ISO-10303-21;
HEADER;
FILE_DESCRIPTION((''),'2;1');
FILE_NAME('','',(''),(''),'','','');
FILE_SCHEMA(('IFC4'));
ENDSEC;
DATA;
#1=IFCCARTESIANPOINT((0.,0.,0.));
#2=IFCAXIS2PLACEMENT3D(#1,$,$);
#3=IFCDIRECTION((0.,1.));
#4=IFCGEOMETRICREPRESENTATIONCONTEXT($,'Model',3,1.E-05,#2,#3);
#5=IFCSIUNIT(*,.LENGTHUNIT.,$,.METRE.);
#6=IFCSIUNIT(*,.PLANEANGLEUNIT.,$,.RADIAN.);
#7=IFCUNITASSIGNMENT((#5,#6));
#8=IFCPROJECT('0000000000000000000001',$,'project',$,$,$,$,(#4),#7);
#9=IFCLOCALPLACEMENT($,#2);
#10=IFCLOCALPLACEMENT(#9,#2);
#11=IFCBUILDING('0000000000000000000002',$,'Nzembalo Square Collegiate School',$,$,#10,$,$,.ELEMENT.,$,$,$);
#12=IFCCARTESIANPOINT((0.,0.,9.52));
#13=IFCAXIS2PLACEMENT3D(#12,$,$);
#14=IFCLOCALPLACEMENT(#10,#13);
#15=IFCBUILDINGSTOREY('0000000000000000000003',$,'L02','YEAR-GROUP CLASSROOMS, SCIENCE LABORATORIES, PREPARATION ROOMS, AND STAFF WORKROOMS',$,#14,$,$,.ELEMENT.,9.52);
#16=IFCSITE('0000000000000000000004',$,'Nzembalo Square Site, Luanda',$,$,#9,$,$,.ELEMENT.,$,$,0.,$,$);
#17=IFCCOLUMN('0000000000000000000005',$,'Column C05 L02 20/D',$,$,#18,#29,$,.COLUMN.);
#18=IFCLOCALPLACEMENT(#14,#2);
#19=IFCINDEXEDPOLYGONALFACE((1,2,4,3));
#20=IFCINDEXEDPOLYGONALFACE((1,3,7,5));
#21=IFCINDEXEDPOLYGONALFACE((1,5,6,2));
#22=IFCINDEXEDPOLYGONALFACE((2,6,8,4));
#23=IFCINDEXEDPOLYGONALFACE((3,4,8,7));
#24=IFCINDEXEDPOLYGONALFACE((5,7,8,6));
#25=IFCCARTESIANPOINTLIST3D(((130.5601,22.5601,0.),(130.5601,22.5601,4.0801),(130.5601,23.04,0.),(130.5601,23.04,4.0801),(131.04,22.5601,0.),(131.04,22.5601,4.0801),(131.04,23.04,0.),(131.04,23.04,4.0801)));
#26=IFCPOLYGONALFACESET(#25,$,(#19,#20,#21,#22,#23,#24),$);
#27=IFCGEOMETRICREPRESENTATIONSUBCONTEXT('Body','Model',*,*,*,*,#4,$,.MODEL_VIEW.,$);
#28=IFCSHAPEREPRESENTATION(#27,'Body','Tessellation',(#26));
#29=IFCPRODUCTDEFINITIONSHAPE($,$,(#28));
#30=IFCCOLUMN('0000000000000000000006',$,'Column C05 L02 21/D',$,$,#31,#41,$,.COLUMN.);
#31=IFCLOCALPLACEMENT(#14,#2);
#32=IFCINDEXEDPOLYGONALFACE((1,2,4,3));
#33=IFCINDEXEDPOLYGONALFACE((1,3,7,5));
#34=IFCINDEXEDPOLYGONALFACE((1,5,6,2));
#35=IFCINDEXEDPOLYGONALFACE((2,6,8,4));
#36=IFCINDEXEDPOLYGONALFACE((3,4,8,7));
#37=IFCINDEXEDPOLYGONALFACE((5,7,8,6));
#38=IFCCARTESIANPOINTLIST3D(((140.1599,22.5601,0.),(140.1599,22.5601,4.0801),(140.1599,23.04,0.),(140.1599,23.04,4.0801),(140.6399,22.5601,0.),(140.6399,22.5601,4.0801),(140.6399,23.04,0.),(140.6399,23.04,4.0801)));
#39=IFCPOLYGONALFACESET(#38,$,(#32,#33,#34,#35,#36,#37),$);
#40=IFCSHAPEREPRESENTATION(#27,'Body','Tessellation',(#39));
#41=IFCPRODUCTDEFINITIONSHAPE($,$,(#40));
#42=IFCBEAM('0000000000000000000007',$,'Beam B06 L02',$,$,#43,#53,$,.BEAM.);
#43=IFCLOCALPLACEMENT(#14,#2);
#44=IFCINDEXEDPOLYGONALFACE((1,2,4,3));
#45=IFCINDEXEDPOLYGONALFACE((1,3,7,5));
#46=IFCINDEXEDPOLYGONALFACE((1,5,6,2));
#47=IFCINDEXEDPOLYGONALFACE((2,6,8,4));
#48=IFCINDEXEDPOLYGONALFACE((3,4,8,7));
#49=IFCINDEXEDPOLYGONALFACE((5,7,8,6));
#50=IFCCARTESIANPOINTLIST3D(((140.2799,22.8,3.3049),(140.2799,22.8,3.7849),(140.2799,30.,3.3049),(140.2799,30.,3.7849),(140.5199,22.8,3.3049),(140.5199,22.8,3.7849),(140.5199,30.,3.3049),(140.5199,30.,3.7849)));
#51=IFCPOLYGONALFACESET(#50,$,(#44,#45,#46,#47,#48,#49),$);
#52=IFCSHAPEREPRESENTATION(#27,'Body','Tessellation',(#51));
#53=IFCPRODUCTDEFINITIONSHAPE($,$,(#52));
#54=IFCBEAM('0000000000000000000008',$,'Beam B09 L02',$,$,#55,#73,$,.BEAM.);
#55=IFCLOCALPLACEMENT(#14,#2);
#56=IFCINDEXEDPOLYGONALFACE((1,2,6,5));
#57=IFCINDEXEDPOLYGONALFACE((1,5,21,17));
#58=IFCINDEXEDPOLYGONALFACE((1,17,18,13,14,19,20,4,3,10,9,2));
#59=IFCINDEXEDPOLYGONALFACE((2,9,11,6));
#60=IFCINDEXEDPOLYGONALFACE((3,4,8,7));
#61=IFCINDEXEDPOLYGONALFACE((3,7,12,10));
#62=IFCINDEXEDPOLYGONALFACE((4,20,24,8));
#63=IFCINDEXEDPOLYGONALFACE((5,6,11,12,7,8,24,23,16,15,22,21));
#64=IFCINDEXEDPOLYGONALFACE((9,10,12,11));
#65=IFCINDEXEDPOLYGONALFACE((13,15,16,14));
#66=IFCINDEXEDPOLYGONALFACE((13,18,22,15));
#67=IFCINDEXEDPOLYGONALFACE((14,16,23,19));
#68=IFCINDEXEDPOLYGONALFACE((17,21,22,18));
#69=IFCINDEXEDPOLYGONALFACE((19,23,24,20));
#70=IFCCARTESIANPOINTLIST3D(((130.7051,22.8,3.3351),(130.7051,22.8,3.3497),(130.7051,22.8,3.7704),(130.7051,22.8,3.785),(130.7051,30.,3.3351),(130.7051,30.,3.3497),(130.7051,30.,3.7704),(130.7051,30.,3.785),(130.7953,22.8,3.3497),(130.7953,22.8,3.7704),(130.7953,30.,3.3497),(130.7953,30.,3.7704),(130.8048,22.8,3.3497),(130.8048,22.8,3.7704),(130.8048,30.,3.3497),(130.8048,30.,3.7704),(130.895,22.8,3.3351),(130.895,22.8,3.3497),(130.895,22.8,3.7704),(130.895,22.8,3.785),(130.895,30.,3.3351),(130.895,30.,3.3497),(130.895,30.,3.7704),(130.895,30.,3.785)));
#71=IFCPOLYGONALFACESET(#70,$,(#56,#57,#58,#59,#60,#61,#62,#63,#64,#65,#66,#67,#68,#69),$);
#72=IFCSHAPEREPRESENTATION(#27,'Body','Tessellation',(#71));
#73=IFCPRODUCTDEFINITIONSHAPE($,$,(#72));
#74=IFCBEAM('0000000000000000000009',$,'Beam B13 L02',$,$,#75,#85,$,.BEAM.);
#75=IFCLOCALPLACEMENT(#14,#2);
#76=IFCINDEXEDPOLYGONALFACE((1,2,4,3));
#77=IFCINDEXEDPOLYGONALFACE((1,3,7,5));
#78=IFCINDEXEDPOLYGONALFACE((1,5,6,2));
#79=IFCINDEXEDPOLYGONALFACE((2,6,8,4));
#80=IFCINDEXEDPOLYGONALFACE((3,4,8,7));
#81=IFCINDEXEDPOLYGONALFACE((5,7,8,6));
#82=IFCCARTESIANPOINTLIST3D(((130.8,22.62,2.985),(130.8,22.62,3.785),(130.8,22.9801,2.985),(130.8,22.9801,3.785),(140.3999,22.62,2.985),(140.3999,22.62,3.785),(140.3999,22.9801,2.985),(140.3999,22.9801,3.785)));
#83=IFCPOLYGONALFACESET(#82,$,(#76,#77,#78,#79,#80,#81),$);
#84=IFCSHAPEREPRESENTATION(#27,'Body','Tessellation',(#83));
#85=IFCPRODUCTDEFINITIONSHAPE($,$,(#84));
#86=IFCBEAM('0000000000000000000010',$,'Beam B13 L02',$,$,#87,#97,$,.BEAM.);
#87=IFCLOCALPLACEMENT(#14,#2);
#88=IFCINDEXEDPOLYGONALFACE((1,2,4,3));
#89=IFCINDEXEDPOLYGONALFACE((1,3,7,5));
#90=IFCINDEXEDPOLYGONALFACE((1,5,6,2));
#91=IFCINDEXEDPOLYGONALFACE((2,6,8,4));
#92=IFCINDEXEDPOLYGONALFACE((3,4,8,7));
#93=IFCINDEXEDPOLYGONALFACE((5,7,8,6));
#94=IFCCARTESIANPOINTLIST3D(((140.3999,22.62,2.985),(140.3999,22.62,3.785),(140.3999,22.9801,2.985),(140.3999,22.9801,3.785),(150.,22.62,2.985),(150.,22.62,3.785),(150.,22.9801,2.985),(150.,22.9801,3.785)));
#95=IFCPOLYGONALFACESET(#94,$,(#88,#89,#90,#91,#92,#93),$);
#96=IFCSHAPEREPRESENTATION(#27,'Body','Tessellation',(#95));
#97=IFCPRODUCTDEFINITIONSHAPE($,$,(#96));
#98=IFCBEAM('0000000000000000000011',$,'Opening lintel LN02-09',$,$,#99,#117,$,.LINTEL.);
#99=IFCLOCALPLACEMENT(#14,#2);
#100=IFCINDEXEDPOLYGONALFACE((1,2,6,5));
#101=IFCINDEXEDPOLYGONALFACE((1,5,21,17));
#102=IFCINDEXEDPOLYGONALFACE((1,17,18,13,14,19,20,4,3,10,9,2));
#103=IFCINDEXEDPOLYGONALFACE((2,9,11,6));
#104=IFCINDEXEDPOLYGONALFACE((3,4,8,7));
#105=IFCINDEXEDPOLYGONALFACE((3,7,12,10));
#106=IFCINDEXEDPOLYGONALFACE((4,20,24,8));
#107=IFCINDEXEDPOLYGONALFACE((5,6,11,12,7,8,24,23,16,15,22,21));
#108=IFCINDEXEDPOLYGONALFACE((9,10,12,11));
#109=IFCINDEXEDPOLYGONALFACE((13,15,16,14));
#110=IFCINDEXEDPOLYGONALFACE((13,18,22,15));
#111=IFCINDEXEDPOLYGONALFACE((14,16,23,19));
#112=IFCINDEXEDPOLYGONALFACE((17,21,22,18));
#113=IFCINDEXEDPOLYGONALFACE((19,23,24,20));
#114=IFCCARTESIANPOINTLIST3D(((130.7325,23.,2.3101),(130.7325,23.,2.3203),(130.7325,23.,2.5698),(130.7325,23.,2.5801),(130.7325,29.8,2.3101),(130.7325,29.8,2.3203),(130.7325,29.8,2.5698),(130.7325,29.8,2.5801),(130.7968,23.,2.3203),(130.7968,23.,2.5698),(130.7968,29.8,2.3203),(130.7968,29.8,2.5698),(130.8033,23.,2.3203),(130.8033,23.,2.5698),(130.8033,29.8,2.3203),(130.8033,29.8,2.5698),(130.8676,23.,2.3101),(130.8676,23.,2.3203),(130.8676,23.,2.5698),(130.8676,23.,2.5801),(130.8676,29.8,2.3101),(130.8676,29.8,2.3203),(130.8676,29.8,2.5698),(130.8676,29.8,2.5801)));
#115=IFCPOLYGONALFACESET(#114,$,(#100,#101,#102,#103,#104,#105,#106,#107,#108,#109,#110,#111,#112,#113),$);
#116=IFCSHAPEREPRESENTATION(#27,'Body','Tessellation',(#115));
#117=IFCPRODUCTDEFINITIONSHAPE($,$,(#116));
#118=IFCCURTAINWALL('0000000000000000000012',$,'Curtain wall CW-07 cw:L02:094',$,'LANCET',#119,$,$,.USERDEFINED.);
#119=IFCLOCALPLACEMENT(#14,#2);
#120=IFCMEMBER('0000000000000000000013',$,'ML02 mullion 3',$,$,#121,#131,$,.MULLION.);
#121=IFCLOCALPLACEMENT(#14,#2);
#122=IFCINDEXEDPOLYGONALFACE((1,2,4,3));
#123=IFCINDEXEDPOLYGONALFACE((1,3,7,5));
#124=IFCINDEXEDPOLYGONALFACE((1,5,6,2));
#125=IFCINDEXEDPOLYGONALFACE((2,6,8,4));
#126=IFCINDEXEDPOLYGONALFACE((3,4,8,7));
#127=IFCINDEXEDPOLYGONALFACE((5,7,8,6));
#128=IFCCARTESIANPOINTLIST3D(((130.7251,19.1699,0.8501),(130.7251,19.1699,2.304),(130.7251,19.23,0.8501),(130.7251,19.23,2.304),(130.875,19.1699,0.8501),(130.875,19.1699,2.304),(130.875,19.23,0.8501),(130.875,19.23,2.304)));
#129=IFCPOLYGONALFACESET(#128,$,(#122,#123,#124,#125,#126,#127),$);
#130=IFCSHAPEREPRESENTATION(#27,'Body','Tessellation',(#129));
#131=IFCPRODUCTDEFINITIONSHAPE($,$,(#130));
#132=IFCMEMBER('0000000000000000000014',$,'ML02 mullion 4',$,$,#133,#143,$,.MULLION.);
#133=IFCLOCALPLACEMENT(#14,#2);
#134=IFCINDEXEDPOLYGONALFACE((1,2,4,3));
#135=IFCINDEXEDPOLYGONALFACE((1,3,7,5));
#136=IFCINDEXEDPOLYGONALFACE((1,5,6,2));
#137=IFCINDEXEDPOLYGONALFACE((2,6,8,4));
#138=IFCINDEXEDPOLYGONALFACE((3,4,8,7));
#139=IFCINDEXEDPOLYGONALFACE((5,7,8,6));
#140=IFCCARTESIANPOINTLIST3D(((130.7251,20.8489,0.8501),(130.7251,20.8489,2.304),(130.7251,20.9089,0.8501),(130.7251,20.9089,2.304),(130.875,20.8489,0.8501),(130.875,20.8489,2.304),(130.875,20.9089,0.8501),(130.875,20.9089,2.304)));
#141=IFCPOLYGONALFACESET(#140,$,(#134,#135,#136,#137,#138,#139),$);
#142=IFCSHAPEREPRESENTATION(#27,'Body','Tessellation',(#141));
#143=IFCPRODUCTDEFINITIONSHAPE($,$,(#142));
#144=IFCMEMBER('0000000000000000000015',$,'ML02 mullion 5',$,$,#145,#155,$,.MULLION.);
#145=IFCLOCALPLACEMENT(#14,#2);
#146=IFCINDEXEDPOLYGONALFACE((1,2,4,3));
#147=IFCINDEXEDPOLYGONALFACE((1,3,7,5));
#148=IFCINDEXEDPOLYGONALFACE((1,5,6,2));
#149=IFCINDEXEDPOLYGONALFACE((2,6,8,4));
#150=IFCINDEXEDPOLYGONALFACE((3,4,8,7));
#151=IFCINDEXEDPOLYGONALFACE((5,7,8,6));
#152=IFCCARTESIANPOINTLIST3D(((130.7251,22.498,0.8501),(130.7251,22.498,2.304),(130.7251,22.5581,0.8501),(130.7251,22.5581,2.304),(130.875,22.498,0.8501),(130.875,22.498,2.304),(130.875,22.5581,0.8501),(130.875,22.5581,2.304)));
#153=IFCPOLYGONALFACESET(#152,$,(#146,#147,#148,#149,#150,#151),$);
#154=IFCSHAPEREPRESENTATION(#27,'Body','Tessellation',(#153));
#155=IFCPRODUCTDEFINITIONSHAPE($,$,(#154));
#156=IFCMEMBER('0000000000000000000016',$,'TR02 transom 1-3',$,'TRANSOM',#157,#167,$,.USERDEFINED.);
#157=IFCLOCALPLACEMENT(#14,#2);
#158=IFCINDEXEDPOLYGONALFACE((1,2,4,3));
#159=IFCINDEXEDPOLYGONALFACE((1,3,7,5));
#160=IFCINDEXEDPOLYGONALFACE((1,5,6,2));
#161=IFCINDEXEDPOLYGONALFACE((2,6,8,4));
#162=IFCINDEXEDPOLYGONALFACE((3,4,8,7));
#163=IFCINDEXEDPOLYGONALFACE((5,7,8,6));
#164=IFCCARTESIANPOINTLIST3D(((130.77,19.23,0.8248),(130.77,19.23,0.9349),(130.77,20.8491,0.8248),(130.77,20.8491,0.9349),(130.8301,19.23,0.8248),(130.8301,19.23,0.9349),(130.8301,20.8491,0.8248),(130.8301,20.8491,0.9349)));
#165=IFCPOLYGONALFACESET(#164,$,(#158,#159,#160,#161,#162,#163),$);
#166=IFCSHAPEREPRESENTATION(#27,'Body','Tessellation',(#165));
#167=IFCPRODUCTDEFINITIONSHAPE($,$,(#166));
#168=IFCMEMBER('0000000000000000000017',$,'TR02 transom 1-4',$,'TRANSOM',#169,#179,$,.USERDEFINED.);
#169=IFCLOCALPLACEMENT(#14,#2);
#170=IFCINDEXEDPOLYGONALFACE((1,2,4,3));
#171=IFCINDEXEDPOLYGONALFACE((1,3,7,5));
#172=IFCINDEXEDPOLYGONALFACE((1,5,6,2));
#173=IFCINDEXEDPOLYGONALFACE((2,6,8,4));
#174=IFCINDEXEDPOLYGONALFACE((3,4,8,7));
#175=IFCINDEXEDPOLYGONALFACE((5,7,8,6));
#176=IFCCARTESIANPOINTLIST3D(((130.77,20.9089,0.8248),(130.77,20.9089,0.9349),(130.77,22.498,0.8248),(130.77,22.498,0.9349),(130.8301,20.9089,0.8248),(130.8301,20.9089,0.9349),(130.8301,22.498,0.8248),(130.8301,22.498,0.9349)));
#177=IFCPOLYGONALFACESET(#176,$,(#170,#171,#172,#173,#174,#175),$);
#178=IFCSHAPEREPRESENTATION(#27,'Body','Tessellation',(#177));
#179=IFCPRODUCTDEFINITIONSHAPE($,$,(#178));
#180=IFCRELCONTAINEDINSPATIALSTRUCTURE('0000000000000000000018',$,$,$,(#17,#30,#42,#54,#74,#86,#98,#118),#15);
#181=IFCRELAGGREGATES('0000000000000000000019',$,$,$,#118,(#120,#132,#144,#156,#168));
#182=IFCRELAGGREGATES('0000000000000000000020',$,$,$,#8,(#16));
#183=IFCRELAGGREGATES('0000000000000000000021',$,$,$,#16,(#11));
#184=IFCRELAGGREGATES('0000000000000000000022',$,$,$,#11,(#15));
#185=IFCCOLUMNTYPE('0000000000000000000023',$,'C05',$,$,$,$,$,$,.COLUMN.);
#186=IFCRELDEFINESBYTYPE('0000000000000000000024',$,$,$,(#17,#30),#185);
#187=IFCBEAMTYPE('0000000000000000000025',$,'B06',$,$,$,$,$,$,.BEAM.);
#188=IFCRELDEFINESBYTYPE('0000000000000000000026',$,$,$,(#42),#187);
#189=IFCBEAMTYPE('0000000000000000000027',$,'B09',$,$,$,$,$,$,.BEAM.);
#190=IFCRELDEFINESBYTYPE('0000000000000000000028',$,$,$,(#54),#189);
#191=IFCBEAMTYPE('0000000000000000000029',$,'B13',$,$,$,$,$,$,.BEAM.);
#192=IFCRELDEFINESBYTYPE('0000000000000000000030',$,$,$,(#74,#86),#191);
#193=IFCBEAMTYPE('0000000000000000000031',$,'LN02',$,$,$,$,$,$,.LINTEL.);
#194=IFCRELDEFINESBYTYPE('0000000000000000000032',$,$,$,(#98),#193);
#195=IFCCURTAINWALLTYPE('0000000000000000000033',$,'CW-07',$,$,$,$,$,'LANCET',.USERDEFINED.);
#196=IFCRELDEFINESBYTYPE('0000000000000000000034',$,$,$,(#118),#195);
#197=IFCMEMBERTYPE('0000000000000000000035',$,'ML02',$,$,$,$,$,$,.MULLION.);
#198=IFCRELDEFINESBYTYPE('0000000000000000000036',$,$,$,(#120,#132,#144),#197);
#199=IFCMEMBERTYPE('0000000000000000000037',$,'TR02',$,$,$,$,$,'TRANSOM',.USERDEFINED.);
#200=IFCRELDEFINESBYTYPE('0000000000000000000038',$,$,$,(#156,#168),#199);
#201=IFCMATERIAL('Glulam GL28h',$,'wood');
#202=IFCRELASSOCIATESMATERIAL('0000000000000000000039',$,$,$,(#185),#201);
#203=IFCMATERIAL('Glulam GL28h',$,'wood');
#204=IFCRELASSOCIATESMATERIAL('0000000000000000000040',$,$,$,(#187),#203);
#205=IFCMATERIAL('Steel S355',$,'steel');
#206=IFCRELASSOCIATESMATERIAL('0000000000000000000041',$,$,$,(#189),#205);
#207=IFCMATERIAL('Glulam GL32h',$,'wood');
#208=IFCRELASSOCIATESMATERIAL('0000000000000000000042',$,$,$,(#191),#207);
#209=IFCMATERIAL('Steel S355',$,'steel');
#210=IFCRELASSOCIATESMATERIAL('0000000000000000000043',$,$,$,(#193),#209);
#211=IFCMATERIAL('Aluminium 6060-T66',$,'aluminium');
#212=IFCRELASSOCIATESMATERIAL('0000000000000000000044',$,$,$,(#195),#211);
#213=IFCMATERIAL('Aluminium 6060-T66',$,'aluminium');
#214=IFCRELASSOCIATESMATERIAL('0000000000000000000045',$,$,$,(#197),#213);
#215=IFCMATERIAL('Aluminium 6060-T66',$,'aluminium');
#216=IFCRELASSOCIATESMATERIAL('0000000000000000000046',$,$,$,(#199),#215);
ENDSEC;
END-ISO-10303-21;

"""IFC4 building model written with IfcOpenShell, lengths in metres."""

from ifc_helpers import new_model, si_unit, direction, frame, origin, origin_2d, place, context, subcontext, project, spatial, rectangle, i_section, extrude, material, material_profile, profile_set, type_object, element, aggregate, save


model = new_model("IFC4")

# Units and contexts
model_context = context("Model", 3, precision=1e-05, world=origin(), true_north=direction((0.0, 1.0)))
body_context = subcontext(model_context, "Body", "Model", "MODEL_VIEW")
ifc_project = project(units=[si_unit("LENGTHUNIT", "METRE"), si_unit("PLANEANGLEUNIT", "RADIAN")], contexts=[model_context])

# Site, building, storey
site_placement = place(None, origin())
site = spatial("IfcSite", under=ifc_project, at=site_placement, Name="Nzembalo Square Site, Luanda", CompositionType="ELEMENT", RefElevation=0.0)
building_placement = place(site_placement, origin())
building = spatial("IfcBuilding", under=site, at=building_placement, Name="Nzembalo Square Collegiate School", CompositionType="ELEMENT")
storey_placement = place(building_placement, frame((0.0, 0.0, 9.52)))
storey = spatial("IfcBuildingStorey", under=building, at=storey_placement, Name="L02", Description="YEAR-GROUP CLASSROOMS, SCIENCE LABORATORIES, PREPARATION ROOMS, AND STAFF WORKROOMS", CompositionType="ELEMENT", Elevation=9.52)

# Columns
ifc_material_1 = material(Name="Glulam GL28h", Category="wood")
ifc_material_profile_1 = material_profile(ifc_material_1, rectangle(XDim=0.48, YDim=0.48, at=origin_2d()), Name="GL28h 480x480")
ifc_profile_set_1 = profile_set([ifc_material_profile_1], Name="Glulam GL28h")
column_type = type_object("IfcColumnType", Name="C05", PredefinedType="COLUMN", material=ifc_profile_set_1)
for number, where, z_axis, x_axis, name in (
    (1, (130.8, 22.8, 0.0), (0.0, 0.0, 1.0), (1.0, 0.0, 0.0), "Column C05 L02 20/D"),
    (2, (140.3999, 22.8, 0.0), (0.0, 0.0, 1.0), (1.0, 0.0, 0.0), "Column C05 L02 21/D"),
):
    element("IfcColumn", number, at=place(storey_placement, frame(where, z_axis=z_axis, x_axis=x_axis)), inside=storey, type_object=column_type, Name=name, PredefinedType="COLUMN", context=body_context, shape_type="SweptSolid", body=[
        extrude(rectangle(XDim=0.48, YDim=0.48, at=origin_2d()), origin(), (0.0, 0.0, 1.0), 4.0801),
    ])

# Beams
ifc_material_2 = material(Name="Glulam GL28h", Category="wood")
ifc_material_profile_2 = material_profile(ifc_material_2, rectangle(XDim=0.24, YDim=0.48, at=origin_2d()), Name="GL28h 240x480")
ifc_profile_set_2 = profile_set([ifc_material_profile_2], Name="Glulam GL28h")
beam_type_1 = type_object("IfcBeamType", Name="B06", PredefinedType="BEAM", material=ifc_profile_set_2)
beam_1_placement = place(storey_placement, frame((140.3999, 22.8, 3.5449), z_axis=(0.0, 1.0, 0.0), x_axis=(-1.0, 0.0, 0.0)))
element("IfcBeam", 3, at=beam_1_placement, inside=storey, type_object=beam_type_1, Name="Beam B06 L02", PredefinedType="BEAM", context=body_context, shape_type="SweptSolid", body=[
    extrude(rectangle(XDim=0.24, YDim=0.48, at=origin_2d()), origin(), (0.0, 0.0, 1.0), 7.2),
])
ifc_material_3 = material(Name="Steel S355", Category="steel")
ifc_material_profile_3 = material_profile(ifc_material_3, i_section(OverallWidth=0.1899, OverallDepth=0.45, WebThickness=0.0095, FlangeThickness=0.0146, at=origin_2d()), Name="IPE 450")
ifc_profile_set_3 = profile_set([ifc_material_profile_3], Name="Steel S355")
beam_type_2 = type_object("IfcBeamType", Name="B09", PredefinedType="BEAM", material=ifc_profile_set_3)
beam_2_placement = place(storey_placement, frame((130.8, 22.8, 3.5601), z_axis=(0.0, 1.0, 0.0), x_axis=(-1.0, 0.0, 0.0)))
element("IfcBeam", 4, at=beam_2_placement, inside=storey, type_object=beam_type_2, Name="Beam B09 L02", PredefinedType="BEAM", context=body_context, shape_type="SweptSolid", body=[
    extrude(i_section(OverallWidth=0.1899, OverallDepth=0.45, WebThickness=0.0095, FlangeThickness=0.0146, at=origin_2d()), origin(), (0.0, 0.0, 1.0), 7.2),
])
ifc_material_4 = material(Name="Glulam GL32h", Category="wood")
ifc_material_profile_4 = material_profile(ifc_material_4, rectangle(XDim=0.3601, YDim=0.8, at=origin_2d()), Name="GL32h 360x800")
ifc_profile_set_4 = profile_set([ifc_material_profile_4], Name="Glulam GL32h")
beam_type_3 = type_object("IfcBeamType", Name="B13", PredefinedType="BEAM", material=ifc_profile_set_4)
beam_3_placement = place(storey_placement, frame((130.8, 22.8, 3.385), z_axis=(1.0, 0.0, 0.0), x_axis=(0.0, 1.0, 0.0)))
element("IfcBeam", 5, at=beam_3_placement, inside=storey, type_object=beam_type_3, Name="Beam B13 L02", PredefinedType="BEAM", context=body_context, shape_type="SweptSolid", body=[
    extrude(rectangle(XDim=0.3601, YDim=0.8, at=origin_2d()), origin(), (0.0, 0.0, 1.0), 9.5999),
])
beam_4_placement = place(storey_placement, frame((140.3999, 22.8, 3.385), z_axis=(1.0, 0.0, 0.0), x_axis=(0.0, 1.0, 0.0)))
element("IfcBeam", 6, at=beam_4_placement, inside=storey, type_object=beam_type_3, Name="Beam B13 L02", PredefinedType="BEAM", context=body_context, shape_type="SweptSolid", body=[
    extrude(rectangle(XDim=0.3601, YDim=0.8, at=origin_2d()), origin(), (0.0, 0.0, 1.0), 9.6001),
])
ifc_material_5 = material(Name="Steel S355", Category="steel")
ifc_material_profile_5 = material_profile(ifc_material_5, i_section(OverallWidth=0.135, OverallDepth=0.27, WebThickness=0.0066, FlangeThickness=0.0103, at=origin_2d()), Name="IPE 270")
ifc_profile_set_5 = profile_set([ifc_material_profile_5], Name="Steel S355")
beam_type_4 = type_object("IfcBeamType", Name="LN02", PredefinedType="LINTEL", material=ifc_profile_set_5)
beam_5_placement = place(storey_placement, frame((130.8, 23.0, 2.4451), z_axis=(0.0, 1.0, 0.0), x_axis=(-1.0, 0.0, 0.0)))
element("IfcBeam", 7, at=beam_5_placement, inside=storey, type_object=beam_type_4, Name="Opening lintel LN02-09", PredefinedType="LINTEL", context=body_context, shape_type="SweptSolid", body=[
    extrude(i_section(OverallWidth=0.135, OverallDepth=0.27, WebThickness=0.0066, FlangeThickness=0.0103, at=origin_2d()), origin(), (0.0, 0.0, 1.0), 6.8),
])

# Curtain wall, members
ifc_material_6 = material(Name="Aluminium 6060-T66", Category="aluminium")
curtain_wall_type = type_object("IfcCurtainWallType", Name="CW-07", ElementType="LANCET", PredefinedType="USERDEFINED", material=ifc_material_6)
curtain_wall_placement = place(storey_placement, origin())
curtain_wall = element("IfcCurtainWall", 8, at=curtain_wall_placement, inside=storey, type_object=curtain_wall_type, Name="Curtain wall CW-07 cw:L02:094", ObjectType="LANCET", PredefinedType="USERDEFINED")
ifc_material_7 = material(Name="Aluminium 6060-T66", Category="aluminium")
ifc_material_profile_6 = material_profile(ifc_material_7, rectangle(XDim=0.0601, YDim=0.1499, at=origin_2d()), Name="ALU M60x150")
ifc_profile_set_6 = profile_set([ifc_material_profile_6], Name="Aluminium 6060-T66")
member_type_1 = type_object("IfcMemberType", Name="ML02", PredefinedType="MULLION", material=ifc_profile_set_6)
member_1_placement = place(storey_placement, frame((130.8, 19.2, 0.8501), z_axis=(0.0, 0.0, 1.0), x_axis=(0.0, 1.0, 0.0)))
member_1 = element("IfcMember", 9, at=member_1_placement, type_object=member_type_1, Name="ML02 mullion 3", PredefinedType="MULLION", context=body_context, shape_type="SweptSolid", body=[
    extrude(rectangle(XDim=0.0601, YDim=0.1499, at=origin_2d()), origin(), (0.0, 0.0, 1.0), 1.4539),
])
member_2_placement = place(storey_placement, frame((130.8, 20.8789, 0.8501), z_axis=(0.0, 0.0, 1.0), x_axis=(0.0, 1.0, 0.0)))
member_2 = element("IfcMember", 10, at=member_2_placement, type_object=member_type_1, Name="ML02 mullion 4", PredefinedType="MULLION", context=body_context, shape_type="SweptSolid", body=[
    extrude(rectangle(XDim=0.0601, YDim=0.1499, at=origin_2d()), origin(), (0.0, 0.0, 1.0), 1.4539),
])
member_3_placement = place(storey_placement, frame((130.8, 22.5281, 0.8501), z_axis=(0.0, 0.0, 1.0), x_axis=(0.0, 1.0, 0.0)))
member_3 = element("IfcMember", 11, at=member_3_placement, type_object=member_type_1, Name="ML02 mullion 5", PredefinedType="MULLION", context=body_context, shape_type="SweptSolid", body=[
    extrude(rectangle(XDim=0.0601, YDim=0.1499, at=origin_2d()), origin(), (0.0, 0.0, 1.0), 1.4539),
])
ifc_material_8 = material(Name="Aluminium 6060-T66", Category="aluminium")
ifc_material_profile_7 = material_profile(ifc_material_8, rectangle(XDim=0.0601, YDim=0.1101, at=origin_2d()), Name="ALU T60x110")
ifc_profile_set_7 = profile_set([ifc_material_profile_7], Name="Aluminium 6060-T66")
member_type_2 = type_object("IfcMemberType", Name="TR02", ElementType="TRANSOM", PredefinedType="USERDEFINED", material=ifc_profile_set_7)
member_4_placement = place(storey_placement, frame((130.8, 19.23, 0.8799), z_axis=(0.0, 1.0, 0.0), x_axis=(-1.0, 0.0, 0.0)))
member_4 = element("IfcMember", 12, at=member_4_placement, type_object=member_type_2, Name="TR02 transom 1-3", ObjectType="TRANSOM", PredefinedType="USERDEFINED", context=body_context, shape_type="SweptSolid", body=[
    extrude(rectangle(XDim=0.0601, YDim=0.1101, at=origin_2d()), origin(), (0.0, 0.0, 1.0), 1.6191),
])
member_5_placement = place(storey_placement, frame((130.8, 20.9089, 0.8799), z_axis=(0.0, 1.0, 0.0), x_axis=(-1.0, 0.0, 0.0)))
member_5 = element("IfcMember", 13, at=member_5_placement, type_object=member_type_2, Name="TR02 transom 1-4", ObjectType="TRANSOM", PredefinedType="USERDEFINED", context=body_context, shape_type="SweptSolid", body=[
    extrude(rectangle(XDim=0.0601, YDim=0.1101, at=origin_2d()), origin(), (0.0, 0.0, 1.0), 1.5891),
])
aggregate(curtain_wall, [member_1, member_2, member_3, member_4, member_5])

save(model, "model.ifc")
